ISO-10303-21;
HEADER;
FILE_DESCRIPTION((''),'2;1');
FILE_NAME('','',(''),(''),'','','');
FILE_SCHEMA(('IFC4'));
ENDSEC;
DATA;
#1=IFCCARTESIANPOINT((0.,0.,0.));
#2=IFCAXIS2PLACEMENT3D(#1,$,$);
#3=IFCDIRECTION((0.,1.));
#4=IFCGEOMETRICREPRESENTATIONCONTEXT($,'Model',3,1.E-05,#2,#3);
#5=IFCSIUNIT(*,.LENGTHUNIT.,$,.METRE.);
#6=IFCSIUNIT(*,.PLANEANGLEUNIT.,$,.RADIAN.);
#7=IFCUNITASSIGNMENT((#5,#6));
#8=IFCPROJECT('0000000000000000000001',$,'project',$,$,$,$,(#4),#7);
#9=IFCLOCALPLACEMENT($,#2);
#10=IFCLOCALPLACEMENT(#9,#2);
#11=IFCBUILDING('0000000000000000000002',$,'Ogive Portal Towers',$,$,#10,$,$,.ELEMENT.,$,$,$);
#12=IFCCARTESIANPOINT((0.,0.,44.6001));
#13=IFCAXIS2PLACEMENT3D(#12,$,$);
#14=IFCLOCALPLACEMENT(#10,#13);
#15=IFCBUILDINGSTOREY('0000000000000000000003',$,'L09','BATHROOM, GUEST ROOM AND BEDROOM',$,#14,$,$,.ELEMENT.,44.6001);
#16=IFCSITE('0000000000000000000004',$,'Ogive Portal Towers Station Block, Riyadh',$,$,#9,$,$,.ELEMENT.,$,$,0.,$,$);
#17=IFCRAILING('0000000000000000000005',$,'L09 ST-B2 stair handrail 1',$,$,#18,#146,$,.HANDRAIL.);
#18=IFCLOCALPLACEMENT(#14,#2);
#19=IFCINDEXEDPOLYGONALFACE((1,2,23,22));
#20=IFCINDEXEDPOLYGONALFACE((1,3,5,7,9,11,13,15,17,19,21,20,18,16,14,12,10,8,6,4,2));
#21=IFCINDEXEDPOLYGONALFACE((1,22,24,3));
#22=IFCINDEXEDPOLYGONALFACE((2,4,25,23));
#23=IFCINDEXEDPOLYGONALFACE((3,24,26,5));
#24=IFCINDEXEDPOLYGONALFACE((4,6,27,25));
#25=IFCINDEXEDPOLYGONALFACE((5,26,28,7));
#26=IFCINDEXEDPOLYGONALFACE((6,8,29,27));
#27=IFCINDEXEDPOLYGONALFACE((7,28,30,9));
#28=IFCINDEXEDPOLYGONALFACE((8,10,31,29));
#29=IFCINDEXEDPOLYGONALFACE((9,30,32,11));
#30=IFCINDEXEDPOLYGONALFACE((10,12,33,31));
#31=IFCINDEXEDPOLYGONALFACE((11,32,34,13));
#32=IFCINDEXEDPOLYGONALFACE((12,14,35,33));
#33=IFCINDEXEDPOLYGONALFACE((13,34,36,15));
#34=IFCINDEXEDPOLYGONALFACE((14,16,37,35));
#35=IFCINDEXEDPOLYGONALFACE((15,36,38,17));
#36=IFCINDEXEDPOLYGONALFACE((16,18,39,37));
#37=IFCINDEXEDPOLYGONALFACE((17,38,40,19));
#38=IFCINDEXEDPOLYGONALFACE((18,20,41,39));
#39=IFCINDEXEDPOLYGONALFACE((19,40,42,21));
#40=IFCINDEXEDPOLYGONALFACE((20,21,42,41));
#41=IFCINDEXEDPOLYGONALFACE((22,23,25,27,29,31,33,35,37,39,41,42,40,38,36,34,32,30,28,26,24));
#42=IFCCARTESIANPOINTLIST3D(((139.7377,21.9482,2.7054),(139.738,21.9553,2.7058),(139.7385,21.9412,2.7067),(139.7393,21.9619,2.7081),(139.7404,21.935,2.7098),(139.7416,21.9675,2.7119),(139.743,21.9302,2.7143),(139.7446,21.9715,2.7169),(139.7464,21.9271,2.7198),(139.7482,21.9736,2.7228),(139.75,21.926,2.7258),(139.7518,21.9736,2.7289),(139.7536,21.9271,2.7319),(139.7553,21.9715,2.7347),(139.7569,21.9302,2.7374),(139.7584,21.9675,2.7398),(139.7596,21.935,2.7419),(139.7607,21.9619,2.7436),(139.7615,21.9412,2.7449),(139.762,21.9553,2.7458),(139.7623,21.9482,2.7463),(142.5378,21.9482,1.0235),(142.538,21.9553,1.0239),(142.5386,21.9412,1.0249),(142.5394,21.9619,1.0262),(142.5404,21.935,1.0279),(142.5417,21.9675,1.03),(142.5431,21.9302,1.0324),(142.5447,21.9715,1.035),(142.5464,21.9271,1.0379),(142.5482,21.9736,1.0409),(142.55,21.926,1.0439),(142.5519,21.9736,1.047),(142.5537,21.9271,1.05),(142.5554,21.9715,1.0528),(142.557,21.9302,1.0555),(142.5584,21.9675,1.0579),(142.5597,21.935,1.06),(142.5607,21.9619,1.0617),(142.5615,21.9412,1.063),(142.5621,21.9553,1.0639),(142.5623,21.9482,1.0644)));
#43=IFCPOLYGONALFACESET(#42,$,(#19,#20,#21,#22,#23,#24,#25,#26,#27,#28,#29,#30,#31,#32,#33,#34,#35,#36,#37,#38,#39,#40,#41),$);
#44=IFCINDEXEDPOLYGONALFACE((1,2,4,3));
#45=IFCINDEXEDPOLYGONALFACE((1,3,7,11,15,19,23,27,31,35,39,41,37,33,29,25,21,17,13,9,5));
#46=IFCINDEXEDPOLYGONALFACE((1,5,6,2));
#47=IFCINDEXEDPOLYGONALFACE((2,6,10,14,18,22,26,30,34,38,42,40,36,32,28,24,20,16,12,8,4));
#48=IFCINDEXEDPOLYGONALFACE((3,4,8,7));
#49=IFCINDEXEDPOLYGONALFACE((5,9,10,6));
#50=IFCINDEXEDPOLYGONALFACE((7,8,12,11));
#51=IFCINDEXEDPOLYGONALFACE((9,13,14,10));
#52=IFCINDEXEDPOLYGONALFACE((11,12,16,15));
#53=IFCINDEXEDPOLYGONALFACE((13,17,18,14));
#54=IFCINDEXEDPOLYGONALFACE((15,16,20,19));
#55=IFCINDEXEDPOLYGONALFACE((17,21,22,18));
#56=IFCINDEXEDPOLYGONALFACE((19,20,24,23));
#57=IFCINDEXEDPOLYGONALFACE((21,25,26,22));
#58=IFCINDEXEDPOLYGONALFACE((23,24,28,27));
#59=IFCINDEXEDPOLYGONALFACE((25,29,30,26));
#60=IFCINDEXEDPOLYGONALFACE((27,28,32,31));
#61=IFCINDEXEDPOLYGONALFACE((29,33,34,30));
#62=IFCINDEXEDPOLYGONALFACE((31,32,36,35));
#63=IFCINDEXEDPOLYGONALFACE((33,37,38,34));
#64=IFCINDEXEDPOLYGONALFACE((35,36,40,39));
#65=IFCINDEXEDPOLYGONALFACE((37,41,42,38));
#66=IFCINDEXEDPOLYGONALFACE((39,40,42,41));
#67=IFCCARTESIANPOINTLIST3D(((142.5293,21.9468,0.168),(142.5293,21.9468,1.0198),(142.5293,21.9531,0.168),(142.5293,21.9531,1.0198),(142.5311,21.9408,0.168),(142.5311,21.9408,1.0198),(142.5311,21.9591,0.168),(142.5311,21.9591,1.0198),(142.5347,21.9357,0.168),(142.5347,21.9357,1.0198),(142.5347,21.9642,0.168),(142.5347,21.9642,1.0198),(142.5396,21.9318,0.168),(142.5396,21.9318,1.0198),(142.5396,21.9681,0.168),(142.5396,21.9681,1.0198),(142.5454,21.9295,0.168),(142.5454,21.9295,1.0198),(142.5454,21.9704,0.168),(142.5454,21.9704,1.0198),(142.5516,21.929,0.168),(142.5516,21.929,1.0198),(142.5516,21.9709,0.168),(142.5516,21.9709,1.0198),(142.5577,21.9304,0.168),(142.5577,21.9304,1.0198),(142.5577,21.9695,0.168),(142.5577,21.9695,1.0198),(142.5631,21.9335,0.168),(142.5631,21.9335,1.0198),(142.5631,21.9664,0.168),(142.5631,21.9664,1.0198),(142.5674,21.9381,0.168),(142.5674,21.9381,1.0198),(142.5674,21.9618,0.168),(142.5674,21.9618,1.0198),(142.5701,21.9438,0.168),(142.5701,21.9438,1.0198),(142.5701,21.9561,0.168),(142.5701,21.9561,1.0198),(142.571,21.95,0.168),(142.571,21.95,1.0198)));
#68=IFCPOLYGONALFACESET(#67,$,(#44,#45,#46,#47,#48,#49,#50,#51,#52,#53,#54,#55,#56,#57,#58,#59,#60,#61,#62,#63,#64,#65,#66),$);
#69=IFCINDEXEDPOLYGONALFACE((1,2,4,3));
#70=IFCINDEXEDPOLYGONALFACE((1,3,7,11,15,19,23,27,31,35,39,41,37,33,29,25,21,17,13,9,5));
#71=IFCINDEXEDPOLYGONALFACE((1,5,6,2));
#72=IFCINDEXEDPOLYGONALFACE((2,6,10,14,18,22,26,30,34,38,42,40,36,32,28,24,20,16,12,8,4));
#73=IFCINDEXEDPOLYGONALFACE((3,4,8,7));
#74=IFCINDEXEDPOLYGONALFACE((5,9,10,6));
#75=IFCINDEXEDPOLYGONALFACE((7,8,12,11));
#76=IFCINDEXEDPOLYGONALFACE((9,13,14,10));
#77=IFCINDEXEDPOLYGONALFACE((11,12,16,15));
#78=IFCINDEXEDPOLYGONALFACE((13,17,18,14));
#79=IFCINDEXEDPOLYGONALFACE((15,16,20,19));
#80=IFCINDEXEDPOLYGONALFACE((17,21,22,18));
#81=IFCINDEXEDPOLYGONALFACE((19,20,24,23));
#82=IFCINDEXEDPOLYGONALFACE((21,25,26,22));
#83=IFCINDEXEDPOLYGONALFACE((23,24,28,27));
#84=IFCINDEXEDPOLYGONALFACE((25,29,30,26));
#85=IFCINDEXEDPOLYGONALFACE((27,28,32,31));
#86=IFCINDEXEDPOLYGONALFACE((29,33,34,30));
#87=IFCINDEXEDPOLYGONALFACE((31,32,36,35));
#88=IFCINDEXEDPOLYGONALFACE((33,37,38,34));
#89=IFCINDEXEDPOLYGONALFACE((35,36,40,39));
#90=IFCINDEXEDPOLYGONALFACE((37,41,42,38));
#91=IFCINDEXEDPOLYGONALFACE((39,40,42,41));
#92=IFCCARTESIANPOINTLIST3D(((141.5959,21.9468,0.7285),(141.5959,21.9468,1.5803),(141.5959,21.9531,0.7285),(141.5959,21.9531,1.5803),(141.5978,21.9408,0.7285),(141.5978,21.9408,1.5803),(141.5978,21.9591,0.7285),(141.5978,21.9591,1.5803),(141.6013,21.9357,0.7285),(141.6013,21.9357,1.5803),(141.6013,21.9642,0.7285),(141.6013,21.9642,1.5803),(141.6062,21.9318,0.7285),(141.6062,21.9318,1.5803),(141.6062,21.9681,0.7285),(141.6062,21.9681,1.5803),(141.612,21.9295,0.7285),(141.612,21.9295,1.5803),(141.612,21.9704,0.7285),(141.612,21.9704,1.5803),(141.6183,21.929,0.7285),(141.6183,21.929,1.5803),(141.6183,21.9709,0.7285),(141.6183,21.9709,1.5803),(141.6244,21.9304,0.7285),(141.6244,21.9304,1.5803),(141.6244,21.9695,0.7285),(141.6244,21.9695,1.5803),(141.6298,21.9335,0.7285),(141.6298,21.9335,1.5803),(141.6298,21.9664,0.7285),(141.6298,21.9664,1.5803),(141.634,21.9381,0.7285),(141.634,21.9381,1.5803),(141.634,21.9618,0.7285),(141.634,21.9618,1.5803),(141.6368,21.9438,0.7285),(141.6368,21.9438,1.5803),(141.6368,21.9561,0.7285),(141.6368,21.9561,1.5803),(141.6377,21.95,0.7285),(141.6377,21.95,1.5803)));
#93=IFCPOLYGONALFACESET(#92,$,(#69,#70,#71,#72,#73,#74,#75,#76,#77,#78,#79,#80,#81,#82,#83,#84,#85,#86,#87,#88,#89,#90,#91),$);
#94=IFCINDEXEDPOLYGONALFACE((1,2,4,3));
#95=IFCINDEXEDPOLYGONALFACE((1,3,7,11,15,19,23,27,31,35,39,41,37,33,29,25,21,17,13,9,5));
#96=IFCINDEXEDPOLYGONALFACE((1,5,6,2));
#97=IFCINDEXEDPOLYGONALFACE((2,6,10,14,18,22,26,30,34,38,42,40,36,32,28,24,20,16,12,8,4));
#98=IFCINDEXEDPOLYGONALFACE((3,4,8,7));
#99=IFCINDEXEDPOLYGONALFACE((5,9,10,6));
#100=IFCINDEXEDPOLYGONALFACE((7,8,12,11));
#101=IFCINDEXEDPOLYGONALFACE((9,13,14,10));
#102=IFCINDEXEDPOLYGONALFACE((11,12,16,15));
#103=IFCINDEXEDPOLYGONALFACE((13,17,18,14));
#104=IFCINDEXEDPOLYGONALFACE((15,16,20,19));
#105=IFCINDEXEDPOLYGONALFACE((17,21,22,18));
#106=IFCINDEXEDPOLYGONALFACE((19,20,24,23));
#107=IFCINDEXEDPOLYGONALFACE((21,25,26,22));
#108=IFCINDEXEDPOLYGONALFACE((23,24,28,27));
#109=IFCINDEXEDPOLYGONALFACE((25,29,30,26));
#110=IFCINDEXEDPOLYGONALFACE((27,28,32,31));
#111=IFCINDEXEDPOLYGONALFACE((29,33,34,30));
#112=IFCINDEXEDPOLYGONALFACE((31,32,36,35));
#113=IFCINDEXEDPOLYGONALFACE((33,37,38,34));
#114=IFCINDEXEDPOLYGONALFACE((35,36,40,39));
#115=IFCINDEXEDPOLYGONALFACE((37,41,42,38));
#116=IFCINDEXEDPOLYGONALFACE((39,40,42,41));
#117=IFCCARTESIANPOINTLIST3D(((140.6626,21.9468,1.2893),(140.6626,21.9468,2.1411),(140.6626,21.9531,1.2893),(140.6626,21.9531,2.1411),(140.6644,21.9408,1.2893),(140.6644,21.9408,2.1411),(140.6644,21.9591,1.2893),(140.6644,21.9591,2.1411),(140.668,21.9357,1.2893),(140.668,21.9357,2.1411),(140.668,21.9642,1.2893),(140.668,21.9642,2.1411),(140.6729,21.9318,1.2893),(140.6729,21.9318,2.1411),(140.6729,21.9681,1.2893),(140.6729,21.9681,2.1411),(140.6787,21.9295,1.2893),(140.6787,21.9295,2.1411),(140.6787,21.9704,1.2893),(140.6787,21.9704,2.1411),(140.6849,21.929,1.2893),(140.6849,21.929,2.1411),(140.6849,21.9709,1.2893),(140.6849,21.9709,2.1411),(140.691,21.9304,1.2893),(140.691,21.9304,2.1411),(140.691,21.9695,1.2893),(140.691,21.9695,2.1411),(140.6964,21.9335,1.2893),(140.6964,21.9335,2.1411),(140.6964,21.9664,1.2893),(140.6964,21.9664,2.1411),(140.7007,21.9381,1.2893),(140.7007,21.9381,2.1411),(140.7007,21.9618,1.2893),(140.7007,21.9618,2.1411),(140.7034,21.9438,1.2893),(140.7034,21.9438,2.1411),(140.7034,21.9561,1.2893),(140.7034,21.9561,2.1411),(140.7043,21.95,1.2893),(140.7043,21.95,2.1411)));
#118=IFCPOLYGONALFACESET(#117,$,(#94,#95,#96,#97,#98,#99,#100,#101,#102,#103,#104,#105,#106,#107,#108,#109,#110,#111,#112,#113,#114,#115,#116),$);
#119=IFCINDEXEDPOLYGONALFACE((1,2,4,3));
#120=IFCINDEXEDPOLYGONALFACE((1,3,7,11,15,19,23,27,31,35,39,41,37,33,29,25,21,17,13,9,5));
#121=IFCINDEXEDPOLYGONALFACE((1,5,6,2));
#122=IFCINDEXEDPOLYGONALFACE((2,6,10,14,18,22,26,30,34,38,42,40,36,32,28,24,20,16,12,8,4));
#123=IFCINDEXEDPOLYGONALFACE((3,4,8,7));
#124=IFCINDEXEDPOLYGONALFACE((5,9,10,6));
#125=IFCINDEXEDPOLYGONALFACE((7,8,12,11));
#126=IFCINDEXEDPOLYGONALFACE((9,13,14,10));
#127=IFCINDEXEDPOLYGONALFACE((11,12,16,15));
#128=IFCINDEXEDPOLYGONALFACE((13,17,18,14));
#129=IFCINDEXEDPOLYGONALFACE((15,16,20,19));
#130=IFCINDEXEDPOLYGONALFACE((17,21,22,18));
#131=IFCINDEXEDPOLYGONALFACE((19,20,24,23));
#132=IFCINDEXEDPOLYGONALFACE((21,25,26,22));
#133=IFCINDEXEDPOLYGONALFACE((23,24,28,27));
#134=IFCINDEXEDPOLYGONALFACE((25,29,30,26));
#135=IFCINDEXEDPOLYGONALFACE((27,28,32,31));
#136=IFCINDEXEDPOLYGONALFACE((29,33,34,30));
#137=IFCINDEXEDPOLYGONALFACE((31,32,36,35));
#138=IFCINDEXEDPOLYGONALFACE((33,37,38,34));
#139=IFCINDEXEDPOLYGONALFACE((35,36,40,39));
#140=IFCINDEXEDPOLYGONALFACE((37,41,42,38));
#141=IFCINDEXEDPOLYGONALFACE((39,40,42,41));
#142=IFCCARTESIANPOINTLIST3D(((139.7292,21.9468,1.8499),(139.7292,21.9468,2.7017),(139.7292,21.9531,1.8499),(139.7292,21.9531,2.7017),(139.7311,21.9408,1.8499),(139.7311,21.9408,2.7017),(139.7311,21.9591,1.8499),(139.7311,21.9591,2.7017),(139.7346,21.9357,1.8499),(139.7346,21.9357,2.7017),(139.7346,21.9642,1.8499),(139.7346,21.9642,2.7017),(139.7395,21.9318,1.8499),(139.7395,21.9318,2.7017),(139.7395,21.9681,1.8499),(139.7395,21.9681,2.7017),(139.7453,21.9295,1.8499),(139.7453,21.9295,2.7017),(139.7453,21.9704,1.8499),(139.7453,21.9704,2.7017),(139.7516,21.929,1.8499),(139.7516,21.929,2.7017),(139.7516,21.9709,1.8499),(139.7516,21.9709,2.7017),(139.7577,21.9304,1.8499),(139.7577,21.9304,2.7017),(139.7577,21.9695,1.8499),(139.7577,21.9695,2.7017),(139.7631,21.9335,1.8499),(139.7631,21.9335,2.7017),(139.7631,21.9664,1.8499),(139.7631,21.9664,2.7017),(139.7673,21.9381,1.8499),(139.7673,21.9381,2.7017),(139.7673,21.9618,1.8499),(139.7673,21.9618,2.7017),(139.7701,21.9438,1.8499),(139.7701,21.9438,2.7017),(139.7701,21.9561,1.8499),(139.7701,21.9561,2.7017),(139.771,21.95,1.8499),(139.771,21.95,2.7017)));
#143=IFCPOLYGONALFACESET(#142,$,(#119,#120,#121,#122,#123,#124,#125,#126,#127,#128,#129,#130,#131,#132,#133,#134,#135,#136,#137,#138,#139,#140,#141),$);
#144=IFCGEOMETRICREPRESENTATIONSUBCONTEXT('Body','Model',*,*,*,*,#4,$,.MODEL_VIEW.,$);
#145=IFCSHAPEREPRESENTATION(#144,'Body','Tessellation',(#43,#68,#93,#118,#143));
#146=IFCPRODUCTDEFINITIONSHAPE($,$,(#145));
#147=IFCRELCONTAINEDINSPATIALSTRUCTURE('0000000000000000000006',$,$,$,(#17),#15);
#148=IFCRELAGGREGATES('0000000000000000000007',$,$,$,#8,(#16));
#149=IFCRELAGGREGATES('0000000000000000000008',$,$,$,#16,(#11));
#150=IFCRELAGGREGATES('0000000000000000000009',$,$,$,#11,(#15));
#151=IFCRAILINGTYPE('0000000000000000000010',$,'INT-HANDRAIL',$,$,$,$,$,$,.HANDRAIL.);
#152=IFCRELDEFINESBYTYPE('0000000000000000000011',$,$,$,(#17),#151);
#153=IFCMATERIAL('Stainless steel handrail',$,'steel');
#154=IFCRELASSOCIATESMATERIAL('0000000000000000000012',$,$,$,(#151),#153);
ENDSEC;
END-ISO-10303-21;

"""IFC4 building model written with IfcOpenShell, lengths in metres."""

from ifc_helpers import new_model, si_unit, direction, frame, origin, origin_2d, place, context, subcontext, project, spatial, circle, extrude, material, type_object, element, save


model = new_model("IFC4")

# Units and contexts
model_context = context("Model", 3, precision=1e-05, world=origin(), true_north=direction((0.0, 1.0)))
body_context = subcontext(model_context, "Body", "Model", "MODEL_VIEW")
ifc_project = project(units=[si_unit("LENGTHUNIT", "METRE"), si_unit("PLANEANGLEUNIT", "RADIAN")], contexts=[model_context])

# Site, building, storey
site_placement = place(None, origin())
site = spatial("IfcSite", under=ifc_project, at=site_placement, Name="Ogive Portal Towers Station Block, Riyadh", CompositionType="ELEMENT", RefElevation=0.0)
building_placement = place(site_placement, origin())
building = spatial("IfcBuilding", under=site, at=building_placement, Name="Ogive Portal Towers", CompositionType="ELEMENT")
storey_placement = place(building_placement, frame((0.0, 0.0, 44.6001)))
storey = spatial("IfcBuildingStorey", under=building, at=storey_placement, Name="L09", Description="BATHROOM, GUEST ROOM AND BEDROOM", CompositionType="ELEMENT", Elevation=44.6001)

# Railing
ifc_material_1 = material(Name="Stainless steel handrail", Category="steel")
railing_type_1 = type_object("IfcRailingType", Name="INT-HANDRAIL", PredefinedType="HANDRAIL", material=ifc_material_1)
railing_1_placement = place(storey_placement, frame((142.55, 21.95, 0.168)))
element("IfcRailing", 1, at=railing_1_placement, inside=storey, type_object=railing_type_1, Name="L09 ST-B2 stair handrail 1", PredefinedType="HANDRAIL", context=body_context, shape_type="SweptSolid", body=[
    extrude(circle(Radius=0.0239, at=origin_2d()), frame((0.0, 0.0, 0.876), z_axis=(-0.857242, 0.0, 0.514913), x_axis=(0.0, -1.0, 0.0)), (0.0, 0.0, 1.0), 3.2664),
    extrude(circle(Radius=0.021, at=origin_2d()), origin(), (0.0, 0.0, 1.0), 0.8518),
    extrude(circle(Radius=0.021, at=origin_2d()), frame((-0.9333, 0.0, 0.5605)), (0.0, 0.0, 1.0), 0.8518),
    extrude(circle(Radius=0.021, at=origin_2d()), frame((-1.8667, 0.0, 1.1213)), (0.0, 0.0, 1.0), 0.8518),
    extrude(circle(Radius=0.021, at=origin_2d()), frame((-2.8, 0.0, 1.6819)), (0.0, 0.0, 1.0), 0.8518),
])

save(model, "model.ifc")
